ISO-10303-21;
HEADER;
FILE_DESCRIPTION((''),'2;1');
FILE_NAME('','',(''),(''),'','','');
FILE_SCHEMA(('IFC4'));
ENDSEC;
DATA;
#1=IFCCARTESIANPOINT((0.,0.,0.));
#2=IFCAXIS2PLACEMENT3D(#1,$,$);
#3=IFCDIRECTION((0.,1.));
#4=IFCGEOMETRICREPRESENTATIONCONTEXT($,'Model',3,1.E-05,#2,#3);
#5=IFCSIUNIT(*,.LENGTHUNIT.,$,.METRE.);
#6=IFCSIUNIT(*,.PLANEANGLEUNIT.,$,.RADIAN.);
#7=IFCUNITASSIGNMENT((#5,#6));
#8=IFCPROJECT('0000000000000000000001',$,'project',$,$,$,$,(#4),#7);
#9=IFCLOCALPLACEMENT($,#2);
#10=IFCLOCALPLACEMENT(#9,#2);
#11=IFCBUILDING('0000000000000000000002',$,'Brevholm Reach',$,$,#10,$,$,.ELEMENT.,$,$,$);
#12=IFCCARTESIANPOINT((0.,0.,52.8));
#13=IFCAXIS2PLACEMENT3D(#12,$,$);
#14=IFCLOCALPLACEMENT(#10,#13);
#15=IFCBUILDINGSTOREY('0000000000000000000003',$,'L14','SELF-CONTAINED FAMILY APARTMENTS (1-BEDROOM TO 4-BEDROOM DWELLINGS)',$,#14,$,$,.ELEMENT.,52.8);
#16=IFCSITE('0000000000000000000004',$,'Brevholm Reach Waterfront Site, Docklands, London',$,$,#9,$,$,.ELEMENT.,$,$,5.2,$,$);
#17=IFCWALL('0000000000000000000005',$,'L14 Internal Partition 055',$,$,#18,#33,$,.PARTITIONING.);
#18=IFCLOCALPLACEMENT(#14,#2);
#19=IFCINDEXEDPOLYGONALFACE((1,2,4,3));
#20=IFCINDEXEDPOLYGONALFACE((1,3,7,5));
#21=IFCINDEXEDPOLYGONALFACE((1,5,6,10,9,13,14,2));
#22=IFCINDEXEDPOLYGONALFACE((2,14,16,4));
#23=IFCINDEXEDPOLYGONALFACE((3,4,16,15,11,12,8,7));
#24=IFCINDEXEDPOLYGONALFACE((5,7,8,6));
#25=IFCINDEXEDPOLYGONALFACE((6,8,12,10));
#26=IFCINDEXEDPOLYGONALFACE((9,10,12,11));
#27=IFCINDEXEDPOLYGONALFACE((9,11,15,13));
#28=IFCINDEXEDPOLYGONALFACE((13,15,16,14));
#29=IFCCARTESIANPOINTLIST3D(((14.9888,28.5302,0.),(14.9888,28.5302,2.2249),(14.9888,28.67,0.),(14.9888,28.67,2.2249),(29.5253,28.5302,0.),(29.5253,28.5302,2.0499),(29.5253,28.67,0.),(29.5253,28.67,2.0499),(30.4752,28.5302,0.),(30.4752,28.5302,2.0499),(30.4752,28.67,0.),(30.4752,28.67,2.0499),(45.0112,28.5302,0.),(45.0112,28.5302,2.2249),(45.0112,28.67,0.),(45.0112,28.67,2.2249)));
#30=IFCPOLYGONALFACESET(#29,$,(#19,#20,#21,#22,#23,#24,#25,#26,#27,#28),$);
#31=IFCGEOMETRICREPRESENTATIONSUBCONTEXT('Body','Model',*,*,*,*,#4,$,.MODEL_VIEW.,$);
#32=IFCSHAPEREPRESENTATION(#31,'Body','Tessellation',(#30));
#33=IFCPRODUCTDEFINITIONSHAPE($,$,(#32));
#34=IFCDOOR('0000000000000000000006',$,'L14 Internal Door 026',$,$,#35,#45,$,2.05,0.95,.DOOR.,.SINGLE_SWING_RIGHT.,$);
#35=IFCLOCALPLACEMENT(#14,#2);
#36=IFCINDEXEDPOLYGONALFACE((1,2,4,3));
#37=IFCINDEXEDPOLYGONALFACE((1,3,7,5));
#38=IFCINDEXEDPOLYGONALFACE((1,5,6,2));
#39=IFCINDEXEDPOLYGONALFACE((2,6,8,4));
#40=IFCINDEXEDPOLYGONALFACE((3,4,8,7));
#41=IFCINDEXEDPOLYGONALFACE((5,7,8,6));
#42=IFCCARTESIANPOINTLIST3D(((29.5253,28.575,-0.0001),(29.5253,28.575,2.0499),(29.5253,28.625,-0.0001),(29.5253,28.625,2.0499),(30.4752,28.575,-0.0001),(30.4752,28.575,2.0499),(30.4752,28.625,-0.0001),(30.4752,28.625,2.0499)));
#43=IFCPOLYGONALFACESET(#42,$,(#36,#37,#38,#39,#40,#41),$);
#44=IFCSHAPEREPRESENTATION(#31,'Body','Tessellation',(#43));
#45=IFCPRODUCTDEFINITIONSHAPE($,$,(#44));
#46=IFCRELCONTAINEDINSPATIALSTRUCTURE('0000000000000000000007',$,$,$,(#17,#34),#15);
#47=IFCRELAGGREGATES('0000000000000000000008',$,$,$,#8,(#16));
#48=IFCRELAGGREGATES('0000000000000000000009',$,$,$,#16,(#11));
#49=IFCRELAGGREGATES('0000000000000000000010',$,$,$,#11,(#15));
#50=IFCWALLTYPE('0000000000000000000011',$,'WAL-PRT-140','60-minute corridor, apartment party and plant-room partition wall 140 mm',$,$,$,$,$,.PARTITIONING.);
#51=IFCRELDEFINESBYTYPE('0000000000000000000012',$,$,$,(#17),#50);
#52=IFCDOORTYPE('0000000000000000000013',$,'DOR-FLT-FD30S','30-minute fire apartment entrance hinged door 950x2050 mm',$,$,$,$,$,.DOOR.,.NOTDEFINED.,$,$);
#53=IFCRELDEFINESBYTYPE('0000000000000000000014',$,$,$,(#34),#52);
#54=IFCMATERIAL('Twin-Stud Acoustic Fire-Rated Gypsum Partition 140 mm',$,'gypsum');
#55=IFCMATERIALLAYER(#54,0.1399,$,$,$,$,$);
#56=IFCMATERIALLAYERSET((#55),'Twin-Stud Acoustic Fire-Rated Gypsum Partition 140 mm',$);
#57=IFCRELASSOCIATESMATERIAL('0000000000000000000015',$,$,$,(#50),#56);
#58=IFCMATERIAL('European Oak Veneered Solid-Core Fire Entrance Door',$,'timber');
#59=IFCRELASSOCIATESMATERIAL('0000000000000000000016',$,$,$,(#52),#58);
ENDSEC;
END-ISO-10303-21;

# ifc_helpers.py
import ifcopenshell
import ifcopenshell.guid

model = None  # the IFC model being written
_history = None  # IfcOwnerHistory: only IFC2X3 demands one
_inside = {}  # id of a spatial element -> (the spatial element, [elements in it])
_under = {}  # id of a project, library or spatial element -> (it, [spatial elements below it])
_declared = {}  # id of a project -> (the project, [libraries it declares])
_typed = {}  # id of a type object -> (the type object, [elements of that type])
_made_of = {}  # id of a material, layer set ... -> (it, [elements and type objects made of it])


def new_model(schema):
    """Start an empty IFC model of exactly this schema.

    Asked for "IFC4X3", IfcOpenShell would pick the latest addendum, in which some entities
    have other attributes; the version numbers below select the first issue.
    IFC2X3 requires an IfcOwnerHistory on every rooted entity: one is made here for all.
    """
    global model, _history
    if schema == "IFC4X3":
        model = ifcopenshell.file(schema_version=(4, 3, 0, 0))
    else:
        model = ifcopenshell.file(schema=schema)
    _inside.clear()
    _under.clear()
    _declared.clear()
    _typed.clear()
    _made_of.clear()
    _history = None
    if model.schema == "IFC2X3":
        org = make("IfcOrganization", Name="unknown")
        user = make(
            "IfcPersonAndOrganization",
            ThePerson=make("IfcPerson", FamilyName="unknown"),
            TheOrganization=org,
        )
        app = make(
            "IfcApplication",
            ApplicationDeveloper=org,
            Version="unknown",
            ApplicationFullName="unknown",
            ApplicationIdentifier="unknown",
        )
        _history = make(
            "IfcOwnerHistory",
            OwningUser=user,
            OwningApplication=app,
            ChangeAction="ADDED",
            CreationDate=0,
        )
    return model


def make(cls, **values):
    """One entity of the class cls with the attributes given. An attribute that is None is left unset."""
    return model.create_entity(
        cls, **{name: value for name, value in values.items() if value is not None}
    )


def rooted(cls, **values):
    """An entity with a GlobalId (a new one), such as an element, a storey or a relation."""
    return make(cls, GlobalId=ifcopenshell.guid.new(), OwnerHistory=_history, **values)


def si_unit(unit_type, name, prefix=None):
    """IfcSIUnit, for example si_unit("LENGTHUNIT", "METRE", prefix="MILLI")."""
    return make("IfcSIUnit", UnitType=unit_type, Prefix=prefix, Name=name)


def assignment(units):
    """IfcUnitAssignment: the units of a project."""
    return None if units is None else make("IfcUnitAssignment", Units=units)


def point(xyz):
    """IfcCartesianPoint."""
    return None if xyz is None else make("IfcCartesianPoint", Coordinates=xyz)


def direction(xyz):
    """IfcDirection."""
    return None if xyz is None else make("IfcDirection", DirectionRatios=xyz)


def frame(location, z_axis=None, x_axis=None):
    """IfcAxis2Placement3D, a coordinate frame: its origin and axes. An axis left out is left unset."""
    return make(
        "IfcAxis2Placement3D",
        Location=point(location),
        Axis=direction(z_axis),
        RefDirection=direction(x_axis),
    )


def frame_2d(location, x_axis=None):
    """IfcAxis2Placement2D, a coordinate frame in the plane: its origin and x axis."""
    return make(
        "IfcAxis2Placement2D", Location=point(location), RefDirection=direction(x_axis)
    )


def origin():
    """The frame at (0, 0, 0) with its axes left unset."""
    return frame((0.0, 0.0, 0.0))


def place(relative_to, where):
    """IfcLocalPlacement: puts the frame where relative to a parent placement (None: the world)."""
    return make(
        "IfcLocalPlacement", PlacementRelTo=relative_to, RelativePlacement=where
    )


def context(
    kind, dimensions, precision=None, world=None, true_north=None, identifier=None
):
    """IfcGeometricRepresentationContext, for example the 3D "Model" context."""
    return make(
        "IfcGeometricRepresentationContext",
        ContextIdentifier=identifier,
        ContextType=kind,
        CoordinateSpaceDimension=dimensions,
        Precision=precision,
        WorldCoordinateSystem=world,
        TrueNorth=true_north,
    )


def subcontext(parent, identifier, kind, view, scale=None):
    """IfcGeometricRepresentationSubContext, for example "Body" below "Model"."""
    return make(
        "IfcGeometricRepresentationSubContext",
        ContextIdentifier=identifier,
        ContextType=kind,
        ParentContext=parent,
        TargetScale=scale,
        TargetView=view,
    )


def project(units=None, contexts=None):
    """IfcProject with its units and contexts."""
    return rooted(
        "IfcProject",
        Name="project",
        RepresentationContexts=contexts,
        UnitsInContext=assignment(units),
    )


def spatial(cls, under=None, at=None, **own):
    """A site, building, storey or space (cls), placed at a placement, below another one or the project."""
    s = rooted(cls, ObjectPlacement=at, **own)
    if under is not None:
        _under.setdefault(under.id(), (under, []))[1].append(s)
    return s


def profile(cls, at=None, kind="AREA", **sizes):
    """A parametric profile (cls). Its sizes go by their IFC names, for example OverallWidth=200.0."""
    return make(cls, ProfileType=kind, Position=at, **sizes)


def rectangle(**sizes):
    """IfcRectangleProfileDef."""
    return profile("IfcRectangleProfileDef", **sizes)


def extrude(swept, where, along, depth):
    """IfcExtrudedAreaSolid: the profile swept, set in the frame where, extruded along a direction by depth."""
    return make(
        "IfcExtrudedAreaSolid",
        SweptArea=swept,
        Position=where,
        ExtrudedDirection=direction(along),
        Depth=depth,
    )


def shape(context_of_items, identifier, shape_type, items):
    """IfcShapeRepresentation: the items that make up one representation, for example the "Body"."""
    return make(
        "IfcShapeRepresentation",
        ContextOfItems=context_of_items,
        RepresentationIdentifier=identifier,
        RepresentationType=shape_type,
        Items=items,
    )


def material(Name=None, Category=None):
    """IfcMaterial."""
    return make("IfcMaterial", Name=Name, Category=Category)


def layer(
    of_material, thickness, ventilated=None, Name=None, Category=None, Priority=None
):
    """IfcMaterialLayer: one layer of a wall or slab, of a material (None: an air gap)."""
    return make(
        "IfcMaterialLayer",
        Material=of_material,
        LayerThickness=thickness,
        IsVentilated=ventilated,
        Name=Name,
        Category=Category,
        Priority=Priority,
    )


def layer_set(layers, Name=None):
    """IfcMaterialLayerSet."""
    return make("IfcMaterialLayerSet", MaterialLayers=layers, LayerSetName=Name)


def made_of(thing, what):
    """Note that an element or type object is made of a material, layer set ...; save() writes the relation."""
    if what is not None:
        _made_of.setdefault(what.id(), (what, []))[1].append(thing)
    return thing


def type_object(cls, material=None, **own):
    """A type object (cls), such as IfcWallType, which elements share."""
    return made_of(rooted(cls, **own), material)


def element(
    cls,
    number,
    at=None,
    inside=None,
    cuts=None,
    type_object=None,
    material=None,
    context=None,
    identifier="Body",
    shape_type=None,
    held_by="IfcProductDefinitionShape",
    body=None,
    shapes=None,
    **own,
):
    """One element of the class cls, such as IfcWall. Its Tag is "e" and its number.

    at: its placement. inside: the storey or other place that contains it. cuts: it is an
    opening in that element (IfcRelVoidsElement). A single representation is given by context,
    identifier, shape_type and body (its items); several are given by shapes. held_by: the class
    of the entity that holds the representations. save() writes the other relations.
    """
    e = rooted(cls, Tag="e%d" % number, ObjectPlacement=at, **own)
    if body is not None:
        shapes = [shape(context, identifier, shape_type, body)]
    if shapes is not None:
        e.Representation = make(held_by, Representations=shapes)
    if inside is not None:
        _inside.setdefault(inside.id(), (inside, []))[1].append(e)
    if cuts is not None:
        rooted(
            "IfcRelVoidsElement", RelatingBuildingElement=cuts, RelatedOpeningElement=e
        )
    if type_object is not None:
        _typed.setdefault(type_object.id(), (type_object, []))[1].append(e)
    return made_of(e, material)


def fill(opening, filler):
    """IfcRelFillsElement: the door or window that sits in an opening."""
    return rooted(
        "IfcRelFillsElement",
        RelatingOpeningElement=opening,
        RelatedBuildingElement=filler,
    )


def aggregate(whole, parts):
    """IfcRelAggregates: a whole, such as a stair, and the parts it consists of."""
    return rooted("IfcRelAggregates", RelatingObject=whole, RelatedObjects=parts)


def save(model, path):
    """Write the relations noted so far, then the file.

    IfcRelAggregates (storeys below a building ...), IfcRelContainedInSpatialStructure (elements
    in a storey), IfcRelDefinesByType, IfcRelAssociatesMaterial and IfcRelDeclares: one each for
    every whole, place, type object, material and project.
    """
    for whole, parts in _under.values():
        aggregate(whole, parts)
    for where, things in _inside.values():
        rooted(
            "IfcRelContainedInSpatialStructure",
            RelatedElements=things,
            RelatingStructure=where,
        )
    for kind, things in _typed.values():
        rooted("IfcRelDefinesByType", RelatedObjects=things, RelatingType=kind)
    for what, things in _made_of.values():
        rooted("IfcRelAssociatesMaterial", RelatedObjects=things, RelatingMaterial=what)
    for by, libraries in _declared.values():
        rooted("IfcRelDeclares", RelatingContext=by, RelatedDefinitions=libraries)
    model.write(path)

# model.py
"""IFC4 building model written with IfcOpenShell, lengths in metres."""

from ifc_helpers import new_model, si_unit, direction, frame, frame_2d, origin, place, context, subcontext, project, spatial, rectangle, extrude, material, layer, layer_set, type_object, element, fill, save


model = new_model("IFC4")

# Units and contexts
model_context = context("Model", 3, precision=1e-05, world=origin(), true_north=direction((0.0, 1.0)))
body_context = subcontext(model_context, "Body", "Model", "MODEL_VIEW")
ifc_project = project(units=[si_unit("LENGTHUNIT", "METRE"), si_unit("PLANEANGLEUNIT", "RADIAN")], contexts=[model_context])

# Site, building, storey
site_placement = place(None, origin())
site = spatial("IfcSite", under=ifc_project, at=site_placement, Name="Brevholm Reach Waterfront Site, Docklands, London", CompositionType="ELEMENT", RefElevation=5.2)
building_placement = place(site_placement, origin())
building = spatial("IfcBuilding", under=site, at=building_placement, Name="Brevholm Reach", CompositionType="ELEMENT")
storey_placement = place(building_placement, frame((0.0, 0.0, 52.8)))
storey = spatial("IfcBuildingStorey", under=building, at=storey_placement, Name="L14", Description="SELF-CONTAINED FAMILY APARTMENTS (1-BEDROOM TO 4-BEDROOM DWELLINGS)", CompositionType="ELEMENT", Elevation=52.8)

# Shared definitions
ifc_material_1 = material(Name="Twin-Stud Acoustic Fire-Rated Gypsum Partition 140 mm", Category="gypsum")
ifc_layer_1 = layer(ifc_material_1, 0.1399)
ifc_layer_set_1 = layer_set([ifc_layer_1], Name="Twin-Stud Acoustic Fire-Rated Gypsum Partition 140 mm")
wall_type_1 = type_object("IfcWallType", Name="WAL-PRT-140", Description="60-minute corridor, apartment party and plant-room partition wall 140 mm", PredefinedType="PARTITIONING", material=ifc_layer_set_1)
ifc_material_2 = material(Name="European Oak Veneered Solid-Core Fire Entrance Door", Category="timber")
door_type_1 = type_object("IfcDoorType", Name="DOR-FLT-FD30S", Description="30-minute fire apartment entrance hinged door 950x2050 mm", OperationType="NOTDEFINED", PredefinedType="DOOR", material=ifc_material_2)

# Wall, opening, door
wall_1_placement = place(storey_placement, frame((14.9888, 28.6001, 0.0), z_axis=(0.0, 0.0, 1.0), x_axis=(1.0, 0.0, 0.0)))
wall_1 = element("IfcWall", 1, at=wall_1_placement, inside=storey, type_object=wall_type_1, Name="L14 Internal Partition 055", PredefinedType="PARTITIONING", context=body_context, shape_type="SweptSolid", body=[
    extrude(rectangle(XDim=30.0225, YDim=0.1399, at=frame_2d((15.0112, 0.0))), origin(), (0.0, 0.0, 1.0), 2.2249),
])
opening_1_placement = place(wall_1_placement, frame((14.5364, 0.0, 0.0)))
opening_1 = element("IfcOpeningElement", 2, at=opening_1_placement, cuts=wall_1, PredefinedType="OPENING", context=body_context, shape_type="SweptSolid", body=[
    extrude(rectangle(XDim=0.95, YDim=2.05, at=frame_2d((0.4751, 1.0249))), frame((0.0, 0.0798, 0.0), z_axis=(0.0, -1.0, 0.0), x_axis=(1.0, 0.0, 0.0)), (0.0, 0.0, 1.0), 0.1599),
])
door_1_placement = place(opening_1_placement, origin())
door_1 = element("IfcDoor", 3, at=door_1_placement, inside=storey, type_object=door_type_1, Name="L14 Internal Door 026", OperationType="SINGLE_SWING_RIGHT", OverallHeight=2.05, OverallWidth=0.95, PredefinedType="DOOR", context=body_context, shape_type="SweptSolid", body=[
    extrude(rectangle(XDim=0.95, YDim=2.05, at=frame_2d((0.4751, 1.0249))), frame((0.0, 0.0249, 0.0), z_axis=(0.0, -1.0, 0.0), x_axis=(1.0, 0.0, 0.0)), (0.0, 0.0, 1.0), 0.05),
])
fill(opening_1, door_1)

save(model, "model.ifc")
